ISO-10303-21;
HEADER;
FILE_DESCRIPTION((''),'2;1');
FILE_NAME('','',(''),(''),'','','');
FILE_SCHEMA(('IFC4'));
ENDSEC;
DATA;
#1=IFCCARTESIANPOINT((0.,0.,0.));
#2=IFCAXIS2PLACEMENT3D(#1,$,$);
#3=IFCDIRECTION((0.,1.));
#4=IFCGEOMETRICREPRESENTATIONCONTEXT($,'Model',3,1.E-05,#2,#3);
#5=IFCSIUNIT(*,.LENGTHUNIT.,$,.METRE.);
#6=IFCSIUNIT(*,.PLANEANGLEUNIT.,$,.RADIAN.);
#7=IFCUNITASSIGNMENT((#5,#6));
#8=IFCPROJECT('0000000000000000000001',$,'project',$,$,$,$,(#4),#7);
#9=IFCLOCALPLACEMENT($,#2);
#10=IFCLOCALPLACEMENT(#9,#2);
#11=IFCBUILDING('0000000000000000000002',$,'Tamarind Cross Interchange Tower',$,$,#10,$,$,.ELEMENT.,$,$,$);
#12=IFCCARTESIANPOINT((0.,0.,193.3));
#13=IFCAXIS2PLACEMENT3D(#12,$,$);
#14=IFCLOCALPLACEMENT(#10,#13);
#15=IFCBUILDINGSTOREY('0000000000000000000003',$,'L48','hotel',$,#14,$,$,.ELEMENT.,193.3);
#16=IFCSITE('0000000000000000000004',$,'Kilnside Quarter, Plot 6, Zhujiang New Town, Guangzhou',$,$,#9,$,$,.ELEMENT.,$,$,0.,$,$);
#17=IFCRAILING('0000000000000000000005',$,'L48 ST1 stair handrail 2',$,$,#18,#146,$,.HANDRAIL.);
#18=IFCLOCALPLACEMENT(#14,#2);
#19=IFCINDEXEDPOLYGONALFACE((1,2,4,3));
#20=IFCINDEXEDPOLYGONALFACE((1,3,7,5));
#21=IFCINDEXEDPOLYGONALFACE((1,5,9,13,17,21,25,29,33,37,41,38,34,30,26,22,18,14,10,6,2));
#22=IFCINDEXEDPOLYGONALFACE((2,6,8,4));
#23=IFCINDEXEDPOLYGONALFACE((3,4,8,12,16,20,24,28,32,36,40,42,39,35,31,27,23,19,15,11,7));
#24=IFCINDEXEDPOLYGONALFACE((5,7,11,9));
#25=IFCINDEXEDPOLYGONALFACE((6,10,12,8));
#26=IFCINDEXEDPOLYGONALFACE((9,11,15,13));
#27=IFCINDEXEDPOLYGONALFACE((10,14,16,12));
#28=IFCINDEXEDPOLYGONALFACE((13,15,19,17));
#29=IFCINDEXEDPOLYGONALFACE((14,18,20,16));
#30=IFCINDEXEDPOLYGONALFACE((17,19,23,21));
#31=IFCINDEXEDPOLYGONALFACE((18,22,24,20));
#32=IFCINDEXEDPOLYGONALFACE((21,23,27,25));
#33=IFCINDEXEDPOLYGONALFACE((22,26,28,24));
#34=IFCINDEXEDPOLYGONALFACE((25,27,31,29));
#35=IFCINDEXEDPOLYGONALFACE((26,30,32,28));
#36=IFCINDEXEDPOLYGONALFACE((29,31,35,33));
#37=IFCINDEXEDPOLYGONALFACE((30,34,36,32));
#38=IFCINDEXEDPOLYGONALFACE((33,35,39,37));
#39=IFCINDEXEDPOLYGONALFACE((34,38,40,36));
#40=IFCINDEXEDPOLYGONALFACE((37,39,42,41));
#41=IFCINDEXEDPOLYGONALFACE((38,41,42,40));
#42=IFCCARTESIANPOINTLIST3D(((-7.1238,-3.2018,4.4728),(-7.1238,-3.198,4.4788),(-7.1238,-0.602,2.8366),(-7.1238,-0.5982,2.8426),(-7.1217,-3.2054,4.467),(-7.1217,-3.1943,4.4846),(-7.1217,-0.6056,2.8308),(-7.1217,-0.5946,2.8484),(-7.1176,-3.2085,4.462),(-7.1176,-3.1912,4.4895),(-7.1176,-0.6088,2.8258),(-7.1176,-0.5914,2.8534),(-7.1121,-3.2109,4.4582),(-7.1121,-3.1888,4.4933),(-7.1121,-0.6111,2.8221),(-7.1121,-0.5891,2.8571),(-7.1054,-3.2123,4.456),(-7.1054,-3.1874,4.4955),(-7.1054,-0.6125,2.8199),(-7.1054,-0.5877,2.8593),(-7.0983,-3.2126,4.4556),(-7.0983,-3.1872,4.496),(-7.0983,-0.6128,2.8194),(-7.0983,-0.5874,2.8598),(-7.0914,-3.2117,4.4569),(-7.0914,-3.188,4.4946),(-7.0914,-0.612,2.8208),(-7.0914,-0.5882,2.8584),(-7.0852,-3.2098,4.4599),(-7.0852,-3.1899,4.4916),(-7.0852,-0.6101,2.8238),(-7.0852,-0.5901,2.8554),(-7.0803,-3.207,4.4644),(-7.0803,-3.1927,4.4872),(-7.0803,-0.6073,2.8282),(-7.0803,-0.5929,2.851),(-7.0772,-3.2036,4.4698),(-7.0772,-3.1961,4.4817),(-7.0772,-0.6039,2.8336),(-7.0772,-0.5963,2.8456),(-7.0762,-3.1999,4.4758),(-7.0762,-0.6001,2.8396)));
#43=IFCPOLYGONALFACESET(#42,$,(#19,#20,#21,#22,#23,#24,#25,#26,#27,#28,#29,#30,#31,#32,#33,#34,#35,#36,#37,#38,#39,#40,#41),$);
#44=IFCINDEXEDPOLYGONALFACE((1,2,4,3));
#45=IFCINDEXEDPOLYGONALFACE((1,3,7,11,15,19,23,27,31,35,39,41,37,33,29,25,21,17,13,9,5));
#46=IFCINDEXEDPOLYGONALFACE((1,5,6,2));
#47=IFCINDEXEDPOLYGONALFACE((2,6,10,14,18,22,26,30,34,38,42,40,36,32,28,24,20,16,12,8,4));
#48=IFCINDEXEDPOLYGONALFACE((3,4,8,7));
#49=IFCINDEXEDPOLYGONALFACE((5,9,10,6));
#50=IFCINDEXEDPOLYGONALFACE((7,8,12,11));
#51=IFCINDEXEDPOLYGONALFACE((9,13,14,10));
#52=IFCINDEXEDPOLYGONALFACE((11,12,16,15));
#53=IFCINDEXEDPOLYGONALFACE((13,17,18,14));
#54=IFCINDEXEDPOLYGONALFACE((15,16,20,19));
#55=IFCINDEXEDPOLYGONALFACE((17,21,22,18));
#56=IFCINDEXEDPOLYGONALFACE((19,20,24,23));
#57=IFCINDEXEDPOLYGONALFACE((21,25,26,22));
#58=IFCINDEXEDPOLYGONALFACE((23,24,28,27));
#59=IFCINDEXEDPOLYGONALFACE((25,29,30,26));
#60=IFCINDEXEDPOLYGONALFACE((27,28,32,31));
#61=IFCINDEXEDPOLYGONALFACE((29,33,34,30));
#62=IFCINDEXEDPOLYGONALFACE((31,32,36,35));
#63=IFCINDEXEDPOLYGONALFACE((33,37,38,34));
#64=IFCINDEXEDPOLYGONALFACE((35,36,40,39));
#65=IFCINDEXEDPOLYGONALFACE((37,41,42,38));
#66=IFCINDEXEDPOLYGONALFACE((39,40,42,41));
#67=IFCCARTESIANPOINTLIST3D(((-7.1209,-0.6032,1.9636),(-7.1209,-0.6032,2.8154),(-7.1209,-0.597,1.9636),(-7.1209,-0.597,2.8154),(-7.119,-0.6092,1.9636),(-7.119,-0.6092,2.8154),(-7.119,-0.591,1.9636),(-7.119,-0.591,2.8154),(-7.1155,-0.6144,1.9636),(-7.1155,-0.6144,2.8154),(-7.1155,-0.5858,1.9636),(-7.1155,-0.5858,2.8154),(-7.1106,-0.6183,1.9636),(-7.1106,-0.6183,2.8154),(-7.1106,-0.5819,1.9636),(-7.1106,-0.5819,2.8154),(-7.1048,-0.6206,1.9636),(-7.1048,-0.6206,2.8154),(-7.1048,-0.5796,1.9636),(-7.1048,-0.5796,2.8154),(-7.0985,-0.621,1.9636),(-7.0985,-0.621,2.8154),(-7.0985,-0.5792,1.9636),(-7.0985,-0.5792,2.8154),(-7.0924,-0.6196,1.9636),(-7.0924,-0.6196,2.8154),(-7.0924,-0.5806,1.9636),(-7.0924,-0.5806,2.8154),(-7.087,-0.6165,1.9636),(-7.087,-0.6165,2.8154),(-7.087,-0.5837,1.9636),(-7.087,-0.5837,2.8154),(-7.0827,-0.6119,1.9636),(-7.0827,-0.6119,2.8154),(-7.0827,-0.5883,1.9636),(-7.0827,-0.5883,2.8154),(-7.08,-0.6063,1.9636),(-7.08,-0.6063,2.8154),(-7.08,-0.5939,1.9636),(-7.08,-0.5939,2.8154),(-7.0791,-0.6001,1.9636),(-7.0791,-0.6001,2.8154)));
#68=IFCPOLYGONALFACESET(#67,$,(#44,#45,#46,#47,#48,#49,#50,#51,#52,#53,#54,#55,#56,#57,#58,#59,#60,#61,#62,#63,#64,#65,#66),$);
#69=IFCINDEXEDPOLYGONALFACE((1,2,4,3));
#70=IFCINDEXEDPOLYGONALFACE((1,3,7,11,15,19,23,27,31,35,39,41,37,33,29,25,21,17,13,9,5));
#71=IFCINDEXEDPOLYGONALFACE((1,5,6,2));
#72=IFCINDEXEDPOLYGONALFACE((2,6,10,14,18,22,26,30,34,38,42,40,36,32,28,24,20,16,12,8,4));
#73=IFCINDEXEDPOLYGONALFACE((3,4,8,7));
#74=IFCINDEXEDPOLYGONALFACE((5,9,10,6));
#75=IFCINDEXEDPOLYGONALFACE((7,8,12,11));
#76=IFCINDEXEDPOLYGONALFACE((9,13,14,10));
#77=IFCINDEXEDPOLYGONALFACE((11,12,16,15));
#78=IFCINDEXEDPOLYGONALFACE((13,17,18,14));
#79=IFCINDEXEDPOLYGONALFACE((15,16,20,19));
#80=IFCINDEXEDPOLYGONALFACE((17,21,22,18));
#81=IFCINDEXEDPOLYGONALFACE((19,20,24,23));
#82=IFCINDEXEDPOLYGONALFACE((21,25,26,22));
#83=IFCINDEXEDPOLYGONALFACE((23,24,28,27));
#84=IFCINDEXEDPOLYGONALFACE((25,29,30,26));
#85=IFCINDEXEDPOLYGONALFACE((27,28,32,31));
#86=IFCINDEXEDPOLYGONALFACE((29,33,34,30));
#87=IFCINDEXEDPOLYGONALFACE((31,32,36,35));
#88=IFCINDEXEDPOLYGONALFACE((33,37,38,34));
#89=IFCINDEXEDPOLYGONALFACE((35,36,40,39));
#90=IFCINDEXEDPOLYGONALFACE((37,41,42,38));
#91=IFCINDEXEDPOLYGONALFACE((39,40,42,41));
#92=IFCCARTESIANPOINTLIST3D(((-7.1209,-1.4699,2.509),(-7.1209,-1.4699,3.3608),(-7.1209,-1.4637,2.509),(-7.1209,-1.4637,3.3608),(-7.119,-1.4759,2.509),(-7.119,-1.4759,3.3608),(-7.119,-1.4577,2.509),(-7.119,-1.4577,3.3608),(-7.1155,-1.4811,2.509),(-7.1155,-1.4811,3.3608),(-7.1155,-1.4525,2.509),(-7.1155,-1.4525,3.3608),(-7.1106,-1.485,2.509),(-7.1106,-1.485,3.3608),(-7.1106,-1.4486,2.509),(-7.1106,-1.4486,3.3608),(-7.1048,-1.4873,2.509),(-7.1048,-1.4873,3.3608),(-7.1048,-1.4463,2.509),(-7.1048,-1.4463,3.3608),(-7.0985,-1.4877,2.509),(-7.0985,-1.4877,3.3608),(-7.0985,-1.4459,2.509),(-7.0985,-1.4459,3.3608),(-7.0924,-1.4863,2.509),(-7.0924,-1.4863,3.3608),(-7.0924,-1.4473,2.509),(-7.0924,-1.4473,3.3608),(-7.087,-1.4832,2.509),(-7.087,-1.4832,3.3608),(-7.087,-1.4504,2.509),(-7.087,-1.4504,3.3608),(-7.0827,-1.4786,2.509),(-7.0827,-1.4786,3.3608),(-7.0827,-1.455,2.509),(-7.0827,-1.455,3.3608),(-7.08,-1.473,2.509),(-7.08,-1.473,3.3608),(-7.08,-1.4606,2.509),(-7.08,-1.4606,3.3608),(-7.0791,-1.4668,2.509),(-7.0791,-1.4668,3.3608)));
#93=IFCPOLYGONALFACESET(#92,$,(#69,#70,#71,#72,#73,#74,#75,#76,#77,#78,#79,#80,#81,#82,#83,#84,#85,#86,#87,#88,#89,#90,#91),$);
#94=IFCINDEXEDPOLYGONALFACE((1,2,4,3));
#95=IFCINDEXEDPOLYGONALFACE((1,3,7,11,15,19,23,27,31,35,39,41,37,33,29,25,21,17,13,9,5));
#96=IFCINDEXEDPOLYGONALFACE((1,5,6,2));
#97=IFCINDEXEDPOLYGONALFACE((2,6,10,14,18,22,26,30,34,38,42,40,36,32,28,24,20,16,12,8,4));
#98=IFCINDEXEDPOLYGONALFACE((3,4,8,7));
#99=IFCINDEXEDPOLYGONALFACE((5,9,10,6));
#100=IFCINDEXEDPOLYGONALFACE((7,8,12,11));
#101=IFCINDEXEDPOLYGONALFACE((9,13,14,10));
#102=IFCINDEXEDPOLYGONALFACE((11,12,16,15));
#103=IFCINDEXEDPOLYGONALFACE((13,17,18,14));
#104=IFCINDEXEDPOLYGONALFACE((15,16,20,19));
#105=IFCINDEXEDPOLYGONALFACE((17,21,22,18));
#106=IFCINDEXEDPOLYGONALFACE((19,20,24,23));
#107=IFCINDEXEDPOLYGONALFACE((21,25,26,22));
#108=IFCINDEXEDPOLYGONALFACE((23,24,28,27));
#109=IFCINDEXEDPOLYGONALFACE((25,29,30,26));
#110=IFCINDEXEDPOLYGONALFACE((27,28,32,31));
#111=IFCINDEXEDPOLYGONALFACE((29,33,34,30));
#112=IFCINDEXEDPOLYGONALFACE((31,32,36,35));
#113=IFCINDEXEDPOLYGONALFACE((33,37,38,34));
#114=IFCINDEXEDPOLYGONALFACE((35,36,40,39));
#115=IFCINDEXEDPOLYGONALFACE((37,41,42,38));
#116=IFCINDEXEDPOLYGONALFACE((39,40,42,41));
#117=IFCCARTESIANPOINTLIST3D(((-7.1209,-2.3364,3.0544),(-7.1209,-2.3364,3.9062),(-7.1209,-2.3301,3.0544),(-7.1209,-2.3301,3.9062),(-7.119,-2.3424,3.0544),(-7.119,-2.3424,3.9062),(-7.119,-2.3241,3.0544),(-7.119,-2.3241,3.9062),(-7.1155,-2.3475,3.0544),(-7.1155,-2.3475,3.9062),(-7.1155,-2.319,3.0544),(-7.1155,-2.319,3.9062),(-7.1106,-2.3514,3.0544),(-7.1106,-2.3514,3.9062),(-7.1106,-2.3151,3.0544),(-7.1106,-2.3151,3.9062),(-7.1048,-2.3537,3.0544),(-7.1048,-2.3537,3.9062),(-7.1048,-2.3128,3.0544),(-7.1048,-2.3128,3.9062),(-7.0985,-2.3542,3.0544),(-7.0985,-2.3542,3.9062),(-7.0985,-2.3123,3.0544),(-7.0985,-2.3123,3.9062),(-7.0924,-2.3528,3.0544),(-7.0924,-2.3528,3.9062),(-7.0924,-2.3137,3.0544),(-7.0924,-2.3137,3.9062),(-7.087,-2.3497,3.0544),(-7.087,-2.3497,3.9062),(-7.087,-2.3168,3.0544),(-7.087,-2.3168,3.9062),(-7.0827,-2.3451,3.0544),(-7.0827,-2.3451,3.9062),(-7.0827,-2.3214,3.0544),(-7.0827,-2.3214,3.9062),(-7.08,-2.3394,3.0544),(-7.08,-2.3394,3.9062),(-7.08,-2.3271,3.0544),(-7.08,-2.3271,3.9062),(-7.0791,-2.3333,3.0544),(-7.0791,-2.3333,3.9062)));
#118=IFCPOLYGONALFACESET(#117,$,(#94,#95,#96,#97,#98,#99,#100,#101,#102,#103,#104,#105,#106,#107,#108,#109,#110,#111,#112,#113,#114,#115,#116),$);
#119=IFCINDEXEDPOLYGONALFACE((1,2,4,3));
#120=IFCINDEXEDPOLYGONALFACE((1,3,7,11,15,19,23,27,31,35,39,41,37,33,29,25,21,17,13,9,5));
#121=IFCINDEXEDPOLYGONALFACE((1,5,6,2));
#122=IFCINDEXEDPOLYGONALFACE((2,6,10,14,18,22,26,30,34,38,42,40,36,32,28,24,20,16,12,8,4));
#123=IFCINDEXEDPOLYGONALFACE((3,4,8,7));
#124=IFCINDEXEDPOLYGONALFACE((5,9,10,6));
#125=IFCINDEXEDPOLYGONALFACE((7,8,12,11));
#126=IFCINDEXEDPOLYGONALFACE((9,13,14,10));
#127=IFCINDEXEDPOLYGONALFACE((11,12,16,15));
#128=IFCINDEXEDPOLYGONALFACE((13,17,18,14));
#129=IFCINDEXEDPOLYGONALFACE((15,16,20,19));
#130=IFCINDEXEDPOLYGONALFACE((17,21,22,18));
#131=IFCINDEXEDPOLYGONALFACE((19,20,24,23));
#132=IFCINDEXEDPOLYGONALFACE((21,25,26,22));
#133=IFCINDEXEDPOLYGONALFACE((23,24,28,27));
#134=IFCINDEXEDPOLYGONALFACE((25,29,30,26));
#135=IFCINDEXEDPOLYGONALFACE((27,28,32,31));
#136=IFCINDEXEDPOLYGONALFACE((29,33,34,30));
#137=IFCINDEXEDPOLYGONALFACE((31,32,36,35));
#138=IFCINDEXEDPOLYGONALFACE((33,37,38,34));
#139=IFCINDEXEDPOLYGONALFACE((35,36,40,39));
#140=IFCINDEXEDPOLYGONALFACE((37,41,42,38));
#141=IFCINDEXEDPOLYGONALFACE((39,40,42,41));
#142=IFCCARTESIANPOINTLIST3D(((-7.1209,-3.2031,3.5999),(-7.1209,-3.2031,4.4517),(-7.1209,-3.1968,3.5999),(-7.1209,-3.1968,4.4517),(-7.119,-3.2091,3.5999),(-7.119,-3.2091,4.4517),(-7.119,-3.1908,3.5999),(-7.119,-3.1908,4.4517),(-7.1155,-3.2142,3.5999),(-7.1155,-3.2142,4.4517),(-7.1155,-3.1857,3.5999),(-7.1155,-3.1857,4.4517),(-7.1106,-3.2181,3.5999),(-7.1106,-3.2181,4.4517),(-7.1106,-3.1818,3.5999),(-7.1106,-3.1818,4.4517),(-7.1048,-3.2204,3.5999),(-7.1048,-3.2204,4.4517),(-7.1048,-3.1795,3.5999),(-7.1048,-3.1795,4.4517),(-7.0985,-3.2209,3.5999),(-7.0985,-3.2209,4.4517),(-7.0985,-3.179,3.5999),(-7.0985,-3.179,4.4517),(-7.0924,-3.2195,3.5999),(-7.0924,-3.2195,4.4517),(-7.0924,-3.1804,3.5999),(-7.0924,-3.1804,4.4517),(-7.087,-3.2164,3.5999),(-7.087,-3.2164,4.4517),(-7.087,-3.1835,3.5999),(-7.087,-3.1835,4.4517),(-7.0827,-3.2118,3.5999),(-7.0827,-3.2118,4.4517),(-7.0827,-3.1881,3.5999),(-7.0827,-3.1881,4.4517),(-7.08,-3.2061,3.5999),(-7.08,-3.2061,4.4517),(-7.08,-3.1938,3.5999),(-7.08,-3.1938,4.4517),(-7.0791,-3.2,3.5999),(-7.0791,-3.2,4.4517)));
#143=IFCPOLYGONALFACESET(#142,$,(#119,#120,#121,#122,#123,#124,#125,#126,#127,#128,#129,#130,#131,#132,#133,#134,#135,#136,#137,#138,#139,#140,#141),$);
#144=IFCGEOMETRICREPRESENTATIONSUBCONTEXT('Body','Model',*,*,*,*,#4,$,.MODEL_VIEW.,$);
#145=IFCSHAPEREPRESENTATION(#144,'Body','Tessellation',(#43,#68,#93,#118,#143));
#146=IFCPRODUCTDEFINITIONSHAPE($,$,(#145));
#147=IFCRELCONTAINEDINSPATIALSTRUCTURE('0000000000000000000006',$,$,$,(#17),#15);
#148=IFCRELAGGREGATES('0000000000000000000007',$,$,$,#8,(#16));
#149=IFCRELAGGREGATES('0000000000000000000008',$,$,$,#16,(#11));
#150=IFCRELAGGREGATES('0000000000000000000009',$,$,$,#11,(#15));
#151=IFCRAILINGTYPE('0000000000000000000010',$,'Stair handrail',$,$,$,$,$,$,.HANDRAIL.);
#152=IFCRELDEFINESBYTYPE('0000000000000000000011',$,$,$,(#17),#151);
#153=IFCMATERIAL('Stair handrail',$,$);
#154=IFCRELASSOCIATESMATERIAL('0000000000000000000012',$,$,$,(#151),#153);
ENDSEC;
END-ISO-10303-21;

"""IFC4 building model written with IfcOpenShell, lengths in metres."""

from ifc_helpers import new_model, si_unit, direction, frame, origin, origin_2d, place, context, subcontext, project, spatial, circle, extrude, material, type_object, element, save


model = new_model("IFC4")

# Units and contexts
model_context = context("Model", 3, precision=1e-05, world=origin(), true_north=direction((0.0, 1.0)))
body_context = subcontext(model_context, "Body", "Model", "MODEL_VIEW")
ifc_project = project(units=[si_unit("LENGTHUNIT", "METRE"), si_unit("PLANEANGLEUNIT", "RADIAN")], contexts=[model_context])

# Site, building, storey
site_placement = place(None, origin())
site = spatial("IfcSite", under=ifc_project, at=site_placement, Name="Kilnside Quarter, Plot 6, Zhujiang New Town, Guangzhou", CompositionType="ELEMENT", RefElevation=0.0)
building_placement = place(site_placement, origin())
building = spatial("IfcBuilding", under=site, at=building_placement, Name="Tamarind Cross Interchange Tower", CompositionType="ELEMENT")
storey_placement = place(building_placement, frame((0.0, 0.0, 193.3)))
storey = spatial("IfcBuildingStorey", under=building, at=storey_placement, Name="L48", Description="hotel", CompositionType="ELEMENT", Elevation=193.3)

# Railing
ifc_material_1 = material(Name="Stair handrail")
railing_type_1 = type_object("IfcRailingType", Name="Stair handrail", PredefinedType="HANDRAIL", material=ifc_material_1)
railing_1_placement = place(storey_placement, frame((-7.1001, -0.6001, 1.9636)))
element("IfcRailing", 1, at=railing_1_placement, inside=storey, type_object=railing_type_1, Name="L48 ST1 stair handrail 2", PredefinedType="HANDRAIL", context=body_context, shape_type="SweptSolid", body=[
    extrude(circle(Radius=0.0239, at=origin_2d()), frame((0.0, 0.0, 0.876), z_axis=(0.0, -0.846338, 0.532647), x_axis=(1.0, 0.0, 0.0)), (0.0, 0.0, 1.0), 3.0718),
    extrude(circle(Radius=0.021, at=origin_2d()), origin(), (0.0, 0.0, 1.0), 0.8518),
    extrude(circle(Radius=0.021, at=origin_2d()), frame((0.0, -0.8667, 0.5454)), (0.0, 0.0, 1.0), 0.8518),
    extrude(circle(Radius=0.021, at=origin_2d()), frame((0.0, -1.7332, 1.0908)), (0.0, 0.0, 1.0), 0.8518),
    extrude(circle(Radius=0.021, at=origin_2d()), frame((0.0, -2.5999, 1.6362)), (0.0, 0.0, 1.0), 0.8518),
])

save(model, "model.ifc")
